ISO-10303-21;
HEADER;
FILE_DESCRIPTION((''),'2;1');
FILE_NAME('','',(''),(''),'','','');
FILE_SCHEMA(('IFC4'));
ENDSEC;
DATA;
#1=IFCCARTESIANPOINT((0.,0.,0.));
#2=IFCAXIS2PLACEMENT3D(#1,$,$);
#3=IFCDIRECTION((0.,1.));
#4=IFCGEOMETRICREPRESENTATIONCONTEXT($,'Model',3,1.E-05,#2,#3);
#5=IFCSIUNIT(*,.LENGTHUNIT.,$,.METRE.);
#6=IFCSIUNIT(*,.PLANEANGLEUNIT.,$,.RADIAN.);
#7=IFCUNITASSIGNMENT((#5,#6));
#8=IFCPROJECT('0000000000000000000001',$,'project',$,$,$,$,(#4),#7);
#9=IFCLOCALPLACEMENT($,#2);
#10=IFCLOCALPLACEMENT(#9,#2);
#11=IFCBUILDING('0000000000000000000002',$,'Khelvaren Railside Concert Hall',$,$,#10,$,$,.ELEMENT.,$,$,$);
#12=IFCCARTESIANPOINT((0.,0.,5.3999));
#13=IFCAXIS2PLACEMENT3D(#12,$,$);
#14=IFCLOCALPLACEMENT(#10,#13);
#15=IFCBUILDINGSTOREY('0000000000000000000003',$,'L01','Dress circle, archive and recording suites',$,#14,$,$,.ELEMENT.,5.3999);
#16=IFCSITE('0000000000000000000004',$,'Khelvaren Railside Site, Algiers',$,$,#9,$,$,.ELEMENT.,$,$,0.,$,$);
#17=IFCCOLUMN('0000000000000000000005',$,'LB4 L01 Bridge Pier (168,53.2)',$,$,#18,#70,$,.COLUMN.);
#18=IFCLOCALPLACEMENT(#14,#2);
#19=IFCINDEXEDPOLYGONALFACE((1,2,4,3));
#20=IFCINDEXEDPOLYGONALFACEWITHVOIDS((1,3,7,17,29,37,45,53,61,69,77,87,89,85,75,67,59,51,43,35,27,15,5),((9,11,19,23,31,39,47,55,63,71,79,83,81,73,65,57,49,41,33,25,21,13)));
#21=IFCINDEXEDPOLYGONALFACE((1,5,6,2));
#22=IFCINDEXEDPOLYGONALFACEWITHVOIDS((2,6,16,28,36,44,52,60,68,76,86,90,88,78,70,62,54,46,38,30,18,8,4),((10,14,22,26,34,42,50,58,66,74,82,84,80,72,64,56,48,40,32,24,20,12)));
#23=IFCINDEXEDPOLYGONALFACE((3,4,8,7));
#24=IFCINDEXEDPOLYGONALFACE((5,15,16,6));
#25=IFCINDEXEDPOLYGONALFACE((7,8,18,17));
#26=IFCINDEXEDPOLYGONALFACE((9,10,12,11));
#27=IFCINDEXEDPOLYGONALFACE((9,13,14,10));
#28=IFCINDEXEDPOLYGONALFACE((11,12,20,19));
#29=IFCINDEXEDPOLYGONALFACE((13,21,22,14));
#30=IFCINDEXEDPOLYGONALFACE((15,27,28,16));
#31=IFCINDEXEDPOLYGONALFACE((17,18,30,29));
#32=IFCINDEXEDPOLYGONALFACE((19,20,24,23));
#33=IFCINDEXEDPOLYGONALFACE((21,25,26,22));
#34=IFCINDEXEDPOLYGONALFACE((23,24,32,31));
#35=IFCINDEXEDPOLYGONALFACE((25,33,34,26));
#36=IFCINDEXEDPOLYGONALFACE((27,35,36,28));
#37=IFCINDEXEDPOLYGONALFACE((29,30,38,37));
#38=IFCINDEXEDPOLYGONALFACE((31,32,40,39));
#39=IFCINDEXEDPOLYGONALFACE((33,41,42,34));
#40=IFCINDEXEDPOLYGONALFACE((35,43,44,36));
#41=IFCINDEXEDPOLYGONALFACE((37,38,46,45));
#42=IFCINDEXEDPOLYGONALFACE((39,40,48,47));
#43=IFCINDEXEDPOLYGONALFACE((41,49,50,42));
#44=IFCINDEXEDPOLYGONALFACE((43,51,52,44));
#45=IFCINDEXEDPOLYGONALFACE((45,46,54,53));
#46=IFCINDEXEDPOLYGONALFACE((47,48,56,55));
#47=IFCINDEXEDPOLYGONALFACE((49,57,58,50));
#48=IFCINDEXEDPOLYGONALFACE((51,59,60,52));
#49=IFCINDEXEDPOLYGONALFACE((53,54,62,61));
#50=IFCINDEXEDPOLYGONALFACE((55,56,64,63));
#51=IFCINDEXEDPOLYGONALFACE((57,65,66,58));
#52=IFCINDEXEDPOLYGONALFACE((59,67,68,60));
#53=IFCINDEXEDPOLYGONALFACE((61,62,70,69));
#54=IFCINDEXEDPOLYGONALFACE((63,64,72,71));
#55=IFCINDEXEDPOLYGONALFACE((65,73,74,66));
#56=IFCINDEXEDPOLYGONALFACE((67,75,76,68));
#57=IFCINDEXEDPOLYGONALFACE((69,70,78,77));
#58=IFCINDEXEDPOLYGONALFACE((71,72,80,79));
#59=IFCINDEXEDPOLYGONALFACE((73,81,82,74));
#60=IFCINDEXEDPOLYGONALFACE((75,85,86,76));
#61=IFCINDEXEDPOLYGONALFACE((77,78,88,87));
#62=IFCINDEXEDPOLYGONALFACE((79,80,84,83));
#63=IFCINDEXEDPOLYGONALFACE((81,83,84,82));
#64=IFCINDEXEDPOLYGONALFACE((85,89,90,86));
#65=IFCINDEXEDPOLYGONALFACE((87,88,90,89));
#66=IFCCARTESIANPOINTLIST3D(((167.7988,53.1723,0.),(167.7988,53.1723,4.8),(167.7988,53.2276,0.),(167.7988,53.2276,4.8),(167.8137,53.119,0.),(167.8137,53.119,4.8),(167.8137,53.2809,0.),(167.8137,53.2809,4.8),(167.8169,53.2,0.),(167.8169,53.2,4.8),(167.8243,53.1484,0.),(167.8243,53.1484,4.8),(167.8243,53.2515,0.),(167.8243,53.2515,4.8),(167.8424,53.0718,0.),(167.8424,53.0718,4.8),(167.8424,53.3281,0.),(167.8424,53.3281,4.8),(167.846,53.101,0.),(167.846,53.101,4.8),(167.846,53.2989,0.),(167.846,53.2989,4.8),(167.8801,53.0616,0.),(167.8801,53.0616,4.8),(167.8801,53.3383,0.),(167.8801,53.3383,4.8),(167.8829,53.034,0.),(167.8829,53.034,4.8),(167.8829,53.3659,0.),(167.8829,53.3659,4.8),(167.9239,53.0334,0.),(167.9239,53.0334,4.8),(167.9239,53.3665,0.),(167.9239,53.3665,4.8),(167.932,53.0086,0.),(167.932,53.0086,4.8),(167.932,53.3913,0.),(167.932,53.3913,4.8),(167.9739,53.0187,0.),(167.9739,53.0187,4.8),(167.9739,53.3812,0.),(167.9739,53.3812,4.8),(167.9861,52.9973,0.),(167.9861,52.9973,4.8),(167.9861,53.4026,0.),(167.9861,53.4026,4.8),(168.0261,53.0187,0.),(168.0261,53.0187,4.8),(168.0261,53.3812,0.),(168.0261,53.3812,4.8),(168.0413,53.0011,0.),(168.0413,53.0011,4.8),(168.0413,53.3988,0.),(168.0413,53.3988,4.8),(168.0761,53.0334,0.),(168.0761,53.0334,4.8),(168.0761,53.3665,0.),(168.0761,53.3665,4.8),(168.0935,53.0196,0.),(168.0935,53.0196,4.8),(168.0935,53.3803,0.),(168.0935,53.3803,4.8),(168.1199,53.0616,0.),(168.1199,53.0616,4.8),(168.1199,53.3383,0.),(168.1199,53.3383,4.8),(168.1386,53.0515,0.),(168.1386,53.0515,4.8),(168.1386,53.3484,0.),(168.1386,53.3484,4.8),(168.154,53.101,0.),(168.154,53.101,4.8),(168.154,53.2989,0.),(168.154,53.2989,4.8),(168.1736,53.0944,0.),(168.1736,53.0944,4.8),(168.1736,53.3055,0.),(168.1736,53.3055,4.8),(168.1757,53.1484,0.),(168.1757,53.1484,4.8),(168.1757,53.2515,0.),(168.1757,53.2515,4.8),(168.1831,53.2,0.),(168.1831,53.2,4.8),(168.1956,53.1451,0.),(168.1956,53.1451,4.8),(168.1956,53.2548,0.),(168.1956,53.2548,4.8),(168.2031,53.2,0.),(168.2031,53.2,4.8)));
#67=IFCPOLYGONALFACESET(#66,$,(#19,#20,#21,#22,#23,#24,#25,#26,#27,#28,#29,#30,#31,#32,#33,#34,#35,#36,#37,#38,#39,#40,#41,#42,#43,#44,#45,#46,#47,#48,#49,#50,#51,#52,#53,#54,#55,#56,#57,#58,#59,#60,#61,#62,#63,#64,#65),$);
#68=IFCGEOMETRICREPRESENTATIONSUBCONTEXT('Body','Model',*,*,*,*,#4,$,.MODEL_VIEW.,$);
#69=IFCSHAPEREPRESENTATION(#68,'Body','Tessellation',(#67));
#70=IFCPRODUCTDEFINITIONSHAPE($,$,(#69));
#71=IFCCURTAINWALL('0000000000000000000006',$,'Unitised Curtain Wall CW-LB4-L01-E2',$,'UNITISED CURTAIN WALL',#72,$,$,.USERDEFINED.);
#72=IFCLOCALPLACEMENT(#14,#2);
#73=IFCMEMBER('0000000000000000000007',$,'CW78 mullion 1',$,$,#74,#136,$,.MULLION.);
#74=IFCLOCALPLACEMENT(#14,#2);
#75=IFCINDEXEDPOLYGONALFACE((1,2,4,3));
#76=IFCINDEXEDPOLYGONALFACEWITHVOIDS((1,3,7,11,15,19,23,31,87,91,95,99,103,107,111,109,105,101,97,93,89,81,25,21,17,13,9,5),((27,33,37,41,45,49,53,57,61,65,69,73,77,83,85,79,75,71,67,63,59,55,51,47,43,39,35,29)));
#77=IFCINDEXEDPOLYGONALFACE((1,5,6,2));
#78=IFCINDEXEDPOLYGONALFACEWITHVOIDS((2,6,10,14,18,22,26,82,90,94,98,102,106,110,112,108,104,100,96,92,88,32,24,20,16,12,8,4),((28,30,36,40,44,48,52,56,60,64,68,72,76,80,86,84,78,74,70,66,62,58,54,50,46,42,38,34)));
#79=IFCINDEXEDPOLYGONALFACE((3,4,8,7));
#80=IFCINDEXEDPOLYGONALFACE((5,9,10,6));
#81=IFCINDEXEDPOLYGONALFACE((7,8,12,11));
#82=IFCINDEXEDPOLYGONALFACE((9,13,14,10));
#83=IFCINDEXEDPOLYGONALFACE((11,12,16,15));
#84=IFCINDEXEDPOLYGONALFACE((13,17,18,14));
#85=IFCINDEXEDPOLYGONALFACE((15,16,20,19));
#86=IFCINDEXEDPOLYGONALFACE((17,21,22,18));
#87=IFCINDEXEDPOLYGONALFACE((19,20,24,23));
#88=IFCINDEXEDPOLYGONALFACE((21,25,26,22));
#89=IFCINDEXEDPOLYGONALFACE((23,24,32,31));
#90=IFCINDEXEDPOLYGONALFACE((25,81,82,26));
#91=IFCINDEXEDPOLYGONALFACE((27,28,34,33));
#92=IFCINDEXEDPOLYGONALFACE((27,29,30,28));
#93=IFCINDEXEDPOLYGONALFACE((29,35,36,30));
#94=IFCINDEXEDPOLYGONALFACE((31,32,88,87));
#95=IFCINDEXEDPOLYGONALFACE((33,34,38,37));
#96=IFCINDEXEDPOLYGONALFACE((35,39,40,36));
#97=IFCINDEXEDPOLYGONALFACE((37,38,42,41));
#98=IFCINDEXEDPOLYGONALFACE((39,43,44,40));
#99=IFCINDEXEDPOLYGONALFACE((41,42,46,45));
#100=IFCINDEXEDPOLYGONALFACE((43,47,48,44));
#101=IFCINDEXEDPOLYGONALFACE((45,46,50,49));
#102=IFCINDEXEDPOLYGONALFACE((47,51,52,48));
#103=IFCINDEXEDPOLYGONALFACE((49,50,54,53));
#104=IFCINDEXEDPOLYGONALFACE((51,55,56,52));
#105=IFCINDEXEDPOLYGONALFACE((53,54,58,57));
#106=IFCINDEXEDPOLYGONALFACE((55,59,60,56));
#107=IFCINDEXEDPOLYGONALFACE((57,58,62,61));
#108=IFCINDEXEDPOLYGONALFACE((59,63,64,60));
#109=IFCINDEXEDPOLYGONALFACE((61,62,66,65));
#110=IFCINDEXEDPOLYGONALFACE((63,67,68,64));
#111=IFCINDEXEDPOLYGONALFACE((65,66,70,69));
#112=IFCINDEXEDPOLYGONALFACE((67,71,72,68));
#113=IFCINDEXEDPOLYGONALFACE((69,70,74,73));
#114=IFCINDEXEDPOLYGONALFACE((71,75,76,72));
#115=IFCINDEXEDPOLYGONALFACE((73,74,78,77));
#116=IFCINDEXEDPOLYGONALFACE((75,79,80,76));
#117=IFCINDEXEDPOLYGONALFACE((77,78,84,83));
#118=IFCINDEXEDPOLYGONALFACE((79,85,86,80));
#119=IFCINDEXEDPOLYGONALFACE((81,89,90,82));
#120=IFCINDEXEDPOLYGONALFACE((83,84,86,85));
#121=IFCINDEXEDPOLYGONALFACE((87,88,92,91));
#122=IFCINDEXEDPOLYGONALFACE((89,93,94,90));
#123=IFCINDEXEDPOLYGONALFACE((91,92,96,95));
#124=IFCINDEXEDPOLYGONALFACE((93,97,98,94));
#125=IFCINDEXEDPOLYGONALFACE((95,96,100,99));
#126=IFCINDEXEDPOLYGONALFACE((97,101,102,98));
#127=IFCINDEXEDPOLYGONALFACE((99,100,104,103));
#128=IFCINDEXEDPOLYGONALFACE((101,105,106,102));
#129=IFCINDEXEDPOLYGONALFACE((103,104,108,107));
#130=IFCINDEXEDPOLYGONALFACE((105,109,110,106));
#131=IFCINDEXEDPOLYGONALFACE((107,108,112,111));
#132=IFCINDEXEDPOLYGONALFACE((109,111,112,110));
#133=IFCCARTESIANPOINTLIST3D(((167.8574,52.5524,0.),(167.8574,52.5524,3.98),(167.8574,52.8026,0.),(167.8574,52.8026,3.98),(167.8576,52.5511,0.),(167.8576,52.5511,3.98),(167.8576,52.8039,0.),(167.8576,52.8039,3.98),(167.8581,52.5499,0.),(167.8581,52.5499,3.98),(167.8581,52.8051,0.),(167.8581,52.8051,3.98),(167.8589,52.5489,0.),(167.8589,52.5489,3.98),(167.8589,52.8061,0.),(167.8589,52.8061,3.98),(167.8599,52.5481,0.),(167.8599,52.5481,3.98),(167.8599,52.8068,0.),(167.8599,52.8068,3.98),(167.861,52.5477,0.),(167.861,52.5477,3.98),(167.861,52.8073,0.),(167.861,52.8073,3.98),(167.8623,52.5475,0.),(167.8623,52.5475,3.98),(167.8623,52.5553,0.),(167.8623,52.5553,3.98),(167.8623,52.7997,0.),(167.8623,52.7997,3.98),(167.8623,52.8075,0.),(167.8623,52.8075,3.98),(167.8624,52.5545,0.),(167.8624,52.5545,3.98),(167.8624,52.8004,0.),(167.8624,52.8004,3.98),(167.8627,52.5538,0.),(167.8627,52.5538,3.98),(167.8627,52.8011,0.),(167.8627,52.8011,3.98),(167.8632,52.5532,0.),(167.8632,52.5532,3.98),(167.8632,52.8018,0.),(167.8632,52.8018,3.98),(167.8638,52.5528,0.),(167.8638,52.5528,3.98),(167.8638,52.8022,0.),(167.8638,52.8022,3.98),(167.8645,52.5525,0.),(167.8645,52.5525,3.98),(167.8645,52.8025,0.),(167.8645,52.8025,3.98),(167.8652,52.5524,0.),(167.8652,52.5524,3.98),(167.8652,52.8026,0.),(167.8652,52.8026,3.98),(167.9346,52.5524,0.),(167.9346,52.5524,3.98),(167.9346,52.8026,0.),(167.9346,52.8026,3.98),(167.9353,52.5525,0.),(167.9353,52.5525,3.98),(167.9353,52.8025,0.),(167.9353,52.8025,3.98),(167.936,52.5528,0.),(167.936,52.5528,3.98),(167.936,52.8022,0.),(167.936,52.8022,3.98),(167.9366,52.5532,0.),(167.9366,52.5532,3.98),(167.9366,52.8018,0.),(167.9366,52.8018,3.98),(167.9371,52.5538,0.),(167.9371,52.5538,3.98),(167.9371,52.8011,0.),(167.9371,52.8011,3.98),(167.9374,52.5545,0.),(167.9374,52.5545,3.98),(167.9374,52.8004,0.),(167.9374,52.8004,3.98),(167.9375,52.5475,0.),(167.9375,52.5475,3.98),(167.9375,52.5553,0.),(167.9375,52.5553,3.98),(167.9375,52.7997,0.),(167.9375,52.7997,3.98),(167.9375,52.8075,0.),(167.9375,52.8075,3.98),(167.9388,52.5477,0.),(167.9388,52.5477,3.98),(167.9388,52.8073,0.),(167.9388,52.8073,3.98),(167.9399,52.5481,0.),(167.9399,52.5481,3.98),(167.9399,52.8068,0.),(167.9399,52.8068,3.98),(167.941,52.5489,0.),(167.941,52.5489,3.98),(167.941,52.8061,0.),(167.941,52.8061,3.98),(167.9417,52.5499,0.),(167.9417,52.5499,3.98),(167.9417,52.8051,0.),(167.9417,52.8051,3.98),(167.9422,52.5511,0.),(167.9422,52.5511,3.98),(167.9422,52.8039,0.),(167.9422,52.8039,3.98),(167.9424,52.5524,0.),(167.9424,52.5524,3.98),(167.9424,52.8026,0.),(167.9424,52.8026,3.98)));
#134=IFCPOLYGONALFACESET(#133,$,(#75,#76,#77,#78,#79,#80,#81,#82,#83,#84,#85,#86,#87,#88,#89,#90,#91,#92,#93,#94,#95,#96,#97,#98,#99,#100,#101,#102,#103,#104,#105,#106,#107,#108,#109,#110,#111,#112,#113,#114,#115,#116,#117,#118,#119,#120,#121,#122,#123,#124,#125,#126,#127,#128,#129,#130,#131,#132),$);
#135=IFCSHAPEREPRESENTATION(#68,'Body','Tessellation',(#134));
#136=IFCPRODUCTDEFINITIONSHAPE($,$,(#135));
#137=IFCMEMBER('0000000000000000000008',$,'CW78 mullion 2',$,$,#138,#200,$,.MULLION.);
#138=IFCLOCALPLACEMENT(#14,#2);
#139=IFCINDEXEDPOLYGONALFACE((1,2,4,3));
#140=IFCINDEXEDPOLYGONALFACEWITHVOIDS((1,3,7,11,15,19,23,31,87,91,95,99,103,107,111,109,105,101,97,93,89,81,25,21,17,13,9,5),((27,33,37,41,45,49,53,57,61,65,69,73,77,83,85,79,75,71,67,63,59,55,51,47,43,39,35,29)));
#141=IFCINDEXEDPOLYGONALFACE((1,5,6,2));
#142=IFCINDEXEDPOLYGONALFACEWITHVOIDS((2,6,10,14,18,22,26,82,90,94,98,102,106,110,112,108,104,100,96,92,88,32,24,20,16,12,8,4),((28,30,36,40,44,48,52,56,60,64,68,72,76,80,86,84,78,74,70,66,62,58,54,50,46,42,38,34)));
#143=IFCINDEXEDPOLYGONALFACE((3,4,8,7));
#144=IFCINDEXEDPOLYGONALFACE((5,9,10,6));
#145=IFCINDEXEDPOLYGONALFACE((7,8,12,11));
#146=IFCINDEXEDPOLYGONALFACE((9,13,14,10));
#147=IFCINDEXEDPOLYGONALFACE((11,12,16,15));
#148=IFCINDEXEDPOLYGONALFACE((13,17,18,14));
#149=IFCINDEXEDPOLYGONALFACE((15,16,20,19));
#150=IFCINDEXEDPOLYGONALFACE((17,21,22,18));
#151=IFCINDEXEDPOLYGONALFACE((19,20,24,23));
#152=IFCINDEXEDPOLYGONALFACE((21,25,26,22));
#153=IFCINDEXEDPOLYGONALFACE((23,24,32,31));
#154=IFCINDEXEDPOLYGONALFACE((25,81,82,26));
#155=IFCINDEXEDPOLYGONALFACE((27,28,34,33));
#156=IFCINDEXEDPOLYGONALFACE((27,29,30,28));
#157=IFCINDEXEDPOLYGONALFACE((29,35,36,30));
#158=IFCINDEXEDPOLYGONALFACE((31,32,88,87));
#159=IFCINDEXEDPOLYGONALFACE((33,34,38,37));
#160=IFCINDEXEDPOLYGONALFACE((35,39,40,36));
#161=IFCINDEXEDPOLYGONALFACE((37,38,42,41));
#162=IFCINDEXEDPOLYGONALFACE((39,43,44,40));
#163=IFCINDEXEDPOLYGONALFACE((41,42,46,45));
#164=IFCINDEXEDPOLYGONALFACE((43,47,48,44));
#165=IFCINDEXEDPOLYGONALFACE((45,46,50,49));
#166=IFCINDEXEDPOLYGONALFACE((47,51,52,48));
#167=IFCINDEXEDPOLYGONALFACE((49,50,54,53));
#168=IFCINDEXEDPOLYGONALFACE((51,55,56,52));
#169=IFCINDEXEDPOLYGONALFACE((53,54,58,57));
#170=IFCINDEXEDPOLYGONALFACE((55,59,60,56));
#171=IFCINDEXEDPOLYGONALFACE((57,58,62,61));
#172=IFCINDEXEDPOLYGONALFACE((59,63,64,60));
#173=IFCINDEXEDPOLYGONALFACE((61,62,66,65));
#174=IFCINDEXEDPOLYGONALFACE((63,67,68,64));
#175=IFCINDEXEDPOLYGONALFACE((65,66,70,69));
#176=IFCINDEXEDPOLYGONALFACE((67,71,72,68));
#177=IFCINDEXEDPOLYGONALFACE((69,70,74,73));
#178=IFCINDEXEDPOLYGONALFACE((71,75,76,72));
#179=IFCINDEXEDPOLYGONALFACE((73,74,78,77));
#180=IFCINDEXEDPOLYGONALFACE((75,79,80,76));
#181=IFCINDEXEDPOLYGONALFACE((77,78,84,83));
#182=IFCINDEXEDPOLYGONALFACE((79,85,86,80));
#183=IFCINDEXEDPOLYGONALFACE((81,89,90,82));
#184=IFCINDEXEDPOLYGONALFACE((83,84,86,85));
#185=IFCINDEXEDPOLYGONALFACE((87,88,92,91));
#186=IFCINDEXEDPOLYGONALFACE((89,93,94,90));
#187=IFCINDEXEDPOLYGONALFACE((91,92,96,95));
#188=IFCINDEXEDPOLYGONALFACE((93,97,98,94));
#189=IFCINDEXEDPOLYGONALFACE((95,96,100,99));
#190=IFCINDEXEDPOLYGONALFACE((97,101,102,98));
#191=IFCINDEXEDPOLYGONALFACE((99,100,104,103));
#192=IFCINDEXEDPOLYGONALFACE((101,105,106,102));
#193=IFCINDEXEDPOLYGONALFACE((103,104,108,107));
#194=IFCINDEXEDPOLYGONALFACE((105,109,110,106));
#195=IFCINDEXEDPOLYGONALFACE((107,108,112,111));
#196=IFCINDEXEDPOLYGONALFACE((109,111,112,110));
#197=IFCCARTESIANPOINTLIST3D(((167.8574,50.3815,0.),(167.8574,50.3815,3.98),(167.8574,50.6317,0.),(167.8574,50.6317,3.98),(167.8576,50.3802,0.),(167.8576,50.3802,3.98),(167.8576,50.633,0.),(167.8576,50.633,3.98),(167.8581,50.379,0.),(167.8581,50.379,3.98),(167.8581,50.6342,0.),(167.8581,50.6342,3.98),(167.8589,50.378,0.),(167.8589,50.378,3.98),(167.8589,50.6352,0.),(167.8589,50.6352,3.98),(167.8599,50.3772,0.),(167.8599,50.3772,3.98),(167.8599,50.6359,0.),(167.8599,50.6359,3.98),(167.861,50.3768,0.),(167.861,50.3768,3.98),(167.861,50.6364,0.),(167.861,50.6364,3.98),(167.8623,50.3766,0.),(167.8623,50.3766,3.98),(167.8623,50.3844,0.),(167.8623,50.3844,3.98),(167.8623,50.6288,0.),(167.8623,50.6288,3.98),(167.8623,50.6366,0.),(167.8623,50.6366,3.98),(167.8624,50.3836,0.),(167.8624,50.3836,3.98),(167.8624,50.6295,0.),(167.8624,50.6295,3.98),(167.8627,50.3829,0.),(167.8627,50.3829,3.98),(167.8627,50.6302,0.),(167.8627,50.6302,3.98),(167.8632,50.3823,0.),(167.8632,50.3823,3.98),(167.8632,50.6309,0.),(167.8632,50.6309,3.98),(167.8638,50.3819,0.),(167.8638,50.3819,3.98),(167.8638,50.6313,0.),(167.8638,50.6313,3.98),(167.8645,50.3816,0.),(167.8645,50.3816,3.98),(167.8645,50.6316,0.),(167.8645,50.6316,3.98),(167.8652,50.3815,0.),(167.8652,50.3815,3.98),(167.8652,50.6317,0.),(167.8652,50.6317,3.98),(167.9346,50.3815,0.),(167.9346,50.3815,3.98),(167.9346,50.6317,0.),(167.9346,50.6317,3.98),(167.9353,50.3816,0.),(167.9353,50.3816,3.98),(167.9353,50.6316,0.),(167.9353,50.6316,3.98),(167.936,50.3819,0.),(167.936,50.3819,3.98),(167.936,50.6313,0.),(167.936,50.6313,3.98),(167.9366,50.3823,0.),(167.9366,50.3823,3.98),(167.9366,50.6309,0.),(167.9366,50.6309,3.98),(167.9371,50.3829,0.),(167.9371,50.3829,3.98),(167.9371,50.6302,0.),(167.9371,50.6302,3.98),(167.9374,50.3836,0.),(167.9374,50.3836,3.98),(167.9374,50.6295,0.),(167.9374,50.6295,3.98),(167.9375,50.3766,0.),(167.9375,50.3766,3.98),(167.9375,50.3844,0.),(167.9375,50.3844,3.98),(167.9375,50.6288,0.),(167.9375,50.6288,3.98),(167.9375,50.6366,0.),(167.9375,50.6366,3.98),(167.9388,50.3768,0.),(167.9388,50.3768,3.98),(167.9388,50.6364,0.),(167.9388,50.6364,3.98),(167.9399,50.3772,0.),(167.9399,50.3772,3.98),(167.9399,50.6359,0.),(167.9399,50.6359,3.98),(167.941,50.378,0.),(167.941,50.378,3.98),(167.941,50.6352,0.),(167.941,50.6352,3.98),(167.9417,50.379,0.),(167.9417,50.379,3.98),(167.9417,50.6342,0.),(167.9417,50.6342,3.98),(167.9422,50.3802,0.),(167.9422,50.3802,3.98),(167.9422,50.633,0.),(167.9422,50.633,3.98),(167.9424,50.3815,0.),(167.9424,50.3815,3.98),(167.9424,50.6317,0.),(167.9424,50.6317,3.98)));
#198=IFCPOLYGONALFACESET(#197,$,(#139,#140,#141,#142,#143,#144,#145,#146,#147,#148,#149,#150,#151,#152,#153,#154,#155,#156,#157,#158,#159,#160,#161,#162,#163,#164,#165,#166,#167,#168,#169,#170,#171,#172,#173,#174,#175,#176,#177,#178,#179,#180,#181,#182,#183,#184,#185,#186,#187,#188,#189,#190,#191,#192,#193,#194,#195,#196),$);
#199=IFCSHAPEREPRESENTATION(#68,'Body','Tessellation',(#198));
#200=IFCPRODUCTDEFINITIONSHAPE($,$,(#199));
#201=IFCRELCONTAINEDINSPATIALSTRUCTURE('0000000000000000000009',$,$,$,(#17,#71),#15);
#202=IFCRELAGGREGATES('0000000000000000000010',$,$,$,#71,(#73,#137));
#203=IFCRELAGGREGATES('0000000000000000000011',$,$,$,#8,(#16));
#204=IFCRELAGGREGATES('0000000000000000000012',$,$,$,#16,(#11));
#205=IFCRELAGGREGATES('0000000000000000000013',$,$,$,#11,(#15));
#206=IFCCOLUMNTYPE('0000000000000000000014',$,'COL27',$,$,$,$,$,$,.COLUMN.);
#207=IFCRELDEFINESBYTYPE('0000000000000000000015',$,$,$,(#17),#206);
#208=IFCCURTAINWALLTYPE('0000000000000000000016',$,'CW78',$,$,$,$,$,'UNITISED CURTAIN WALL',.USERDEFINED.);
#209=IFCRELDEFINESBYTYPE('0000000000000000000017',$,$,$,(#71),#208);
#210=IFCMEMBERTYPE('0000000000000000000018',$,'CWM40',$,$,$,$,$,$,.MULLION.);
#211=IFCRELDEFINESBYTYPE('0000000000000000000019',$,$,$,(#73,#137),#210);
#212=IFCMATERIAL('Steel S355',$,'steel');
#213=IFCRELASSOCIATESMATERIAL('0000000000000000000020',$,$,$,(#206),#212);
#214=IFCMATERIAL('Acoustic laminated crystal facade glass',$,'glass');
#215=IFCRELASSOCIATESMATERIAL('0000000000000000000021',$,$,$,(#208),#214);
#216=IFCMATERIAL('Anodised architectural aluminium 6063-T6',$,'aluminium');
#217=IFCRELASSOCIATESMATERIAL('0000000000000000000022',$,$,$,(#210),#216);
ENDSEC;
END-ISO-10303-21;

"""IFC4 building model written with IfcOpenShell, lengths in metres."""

from ifc_helpers import new_model, si_unit, direction, frame, origin, origin_2d, place, context, subcontext, project, spatial, hollow_rectangle, hollow_circle, extrude, material, material_profile, profile_set, type_object, element, aggregate, save


model = new_model("IFC4")

# Units and contexts
model_context = context("Model", 3, precision=1e-05, world=origin(), true_north=direction((0.0, 1.0)))
body_context = subcontext(model_context, "Body", "Model", "MODEL_VIEW")
ifc_project = project(units=[si_unit("LENGTHUNIT", "METRE"), si_unit("PLANEANGLEUNIT", "RADIAN")], contexts=[model_context])

# Site, building, storey
site_placement = place(None, origin())
site = spatial("IfcSite", under=ifc_project, at=site_placement, Name="Khelvaren Railside Site, Algiers", CompositionType="ELEMENT", RefElevation=0.0)
building_placement = place(site_placement, origin())
building = spatial("IfcBuilding", under=site, at=building_placement, Name="Khelvaren Railside Concert Hall", CompositionType="ELEMENT")
storey_placement = place(building_placement, frame((0.0, 0.0, 5.3999)))
storey = spatial("IfcBuildingStorey", under=building, at=storey_placement, Name="L01", Description="Dress circle, archive and recording suites", CompositionType="ELEMENT", Elevation=5.3999)

# Column
ifc_material_1 = material(Name="Steel S355", Category="steel")
ifc_material_profile_1 = material_profile(ifc_material_1, hollow_circle(Radius=0.2031, WallThickness=0.02, at=origin_2d()), Name="CHS 406.4x20")
ifc_profile_set_1 = profile_set([ifc_material_profile_1], Name="Steel S355")
column_type = type_object("IfcColumnType", Name="COL27", PredefinedType="COLUMN", material=ifc_profile_set_1)
column_placement = place(storey_placement, frame((168.0, 53.2, 0.0), z_axis=(0.0, 0.0, 1.0), x_axis=(1.0, 0.0, 0.0)))
element("IfcColumn", 1, at=column_placement, inside=storey, type_object=column_type, Name="LB4 L01 Bridge Pier (168,53.2)", PredefinedType="COLUMN", context=body_context, shape_type="SweptSolid", body=[
    extrude(hollow_circle(Radius=0.2031, WallThickness=0.02, at=origin_2d()), origin(), (0.0, 0.0, 1.0), 4.8),
])

# Curtain wall, members
ifc_material_2 = material(Name="Acoustic laminated crystal facade glass", Category="glass")
curtain_wall_type = type_object("IfcCurtainWallType", Name="CW78", ElementType="UNITISED CURTAIN WALL", PredefinedType="USERDEFINED", material=ifc_material_2)
curtain_wall_1_placement = place(storey_placement, origin())
curtain_wall_1 = element("IfcCurtainWall", 2, at=curtain_wall_1_placement, inside=storey, type_object=curtain_wall_type, Name="Unitised Curtain Wall CW-LB4-L01-E2", ObjectType="UNITISED CURTAIN WALL", PredefinedType="USERDEFINED")
ifc_material_3 = material(Name="Anodised architectural aluminium 6063-T6", Category="aluminium")
ifc_material_profile_2 = material_profile(ifc_material_3, hollow_rectangle(XDim=0.085, YDim=0.26, WallThickness=0.0049, InnerFilletRadius=0.0029, OuterFilletRadius=0.0049, at=origin_2d()), Name="CWM 85x260x5")
ifc_profile_set_2 = profile_set([ifc_material_profile_2], Name="Anodised architectural aluminium 6063-T6")
member_type_1 = type_object("IfcMemberType", Name="CWM40", PredefinedType="MULLION", material=ifc_profile_set_2)
member_1_placement = place(storey_placement, frame((167.8999, 52.6775, 0.0), z_axis=(0.0, 0.0, 1.0), x_axis=(1.0, 0.0, 0.0)))
member_1 = element("IfcMember", 3, at=member_1_placement, type_object=member_type_1, Name="CW78 mullion 1", PredefinedType="MULLION", context=body_context, shape_type="SweptSolid", body=[
    extrude(hollow_rectangle(XDim=0.085, YDim=0.26, WallThickness=0.0049, InnerFilletRadius=0.0029, OuterFilletRadius=0.0049, at=origin_2d()), origin(), (0.0, 0.0, 1.0), 3.98),
])
member_2_placement = place(storey_placement, frame((167.8999, 50.5066, 0.0), z_axis=(0.0, 0.0, 1.0), x_axis=(1.0, 0.0, 0.0)))
member_2 = element("IfcMember", 4, at=member_2_placement, type_object=member_type_1, Name="CW78 mullion 2", PredefinedType="MULLION", context=body_context, shape_type="SweptSolid", body=[
    extrude(hollow_rectangle(XDim=0.085, YDim=0.26, WallThickness=0.0049, InnerFilletRadius=0.0029, OuterFilletRadius=0.0049, at=origin_2d()), origin(), (0.0, 0.0, 1.0), 3.98),
])

aggregate(curtain_wall_1, [member_1, member_2])

save(model, "model.ifc")
